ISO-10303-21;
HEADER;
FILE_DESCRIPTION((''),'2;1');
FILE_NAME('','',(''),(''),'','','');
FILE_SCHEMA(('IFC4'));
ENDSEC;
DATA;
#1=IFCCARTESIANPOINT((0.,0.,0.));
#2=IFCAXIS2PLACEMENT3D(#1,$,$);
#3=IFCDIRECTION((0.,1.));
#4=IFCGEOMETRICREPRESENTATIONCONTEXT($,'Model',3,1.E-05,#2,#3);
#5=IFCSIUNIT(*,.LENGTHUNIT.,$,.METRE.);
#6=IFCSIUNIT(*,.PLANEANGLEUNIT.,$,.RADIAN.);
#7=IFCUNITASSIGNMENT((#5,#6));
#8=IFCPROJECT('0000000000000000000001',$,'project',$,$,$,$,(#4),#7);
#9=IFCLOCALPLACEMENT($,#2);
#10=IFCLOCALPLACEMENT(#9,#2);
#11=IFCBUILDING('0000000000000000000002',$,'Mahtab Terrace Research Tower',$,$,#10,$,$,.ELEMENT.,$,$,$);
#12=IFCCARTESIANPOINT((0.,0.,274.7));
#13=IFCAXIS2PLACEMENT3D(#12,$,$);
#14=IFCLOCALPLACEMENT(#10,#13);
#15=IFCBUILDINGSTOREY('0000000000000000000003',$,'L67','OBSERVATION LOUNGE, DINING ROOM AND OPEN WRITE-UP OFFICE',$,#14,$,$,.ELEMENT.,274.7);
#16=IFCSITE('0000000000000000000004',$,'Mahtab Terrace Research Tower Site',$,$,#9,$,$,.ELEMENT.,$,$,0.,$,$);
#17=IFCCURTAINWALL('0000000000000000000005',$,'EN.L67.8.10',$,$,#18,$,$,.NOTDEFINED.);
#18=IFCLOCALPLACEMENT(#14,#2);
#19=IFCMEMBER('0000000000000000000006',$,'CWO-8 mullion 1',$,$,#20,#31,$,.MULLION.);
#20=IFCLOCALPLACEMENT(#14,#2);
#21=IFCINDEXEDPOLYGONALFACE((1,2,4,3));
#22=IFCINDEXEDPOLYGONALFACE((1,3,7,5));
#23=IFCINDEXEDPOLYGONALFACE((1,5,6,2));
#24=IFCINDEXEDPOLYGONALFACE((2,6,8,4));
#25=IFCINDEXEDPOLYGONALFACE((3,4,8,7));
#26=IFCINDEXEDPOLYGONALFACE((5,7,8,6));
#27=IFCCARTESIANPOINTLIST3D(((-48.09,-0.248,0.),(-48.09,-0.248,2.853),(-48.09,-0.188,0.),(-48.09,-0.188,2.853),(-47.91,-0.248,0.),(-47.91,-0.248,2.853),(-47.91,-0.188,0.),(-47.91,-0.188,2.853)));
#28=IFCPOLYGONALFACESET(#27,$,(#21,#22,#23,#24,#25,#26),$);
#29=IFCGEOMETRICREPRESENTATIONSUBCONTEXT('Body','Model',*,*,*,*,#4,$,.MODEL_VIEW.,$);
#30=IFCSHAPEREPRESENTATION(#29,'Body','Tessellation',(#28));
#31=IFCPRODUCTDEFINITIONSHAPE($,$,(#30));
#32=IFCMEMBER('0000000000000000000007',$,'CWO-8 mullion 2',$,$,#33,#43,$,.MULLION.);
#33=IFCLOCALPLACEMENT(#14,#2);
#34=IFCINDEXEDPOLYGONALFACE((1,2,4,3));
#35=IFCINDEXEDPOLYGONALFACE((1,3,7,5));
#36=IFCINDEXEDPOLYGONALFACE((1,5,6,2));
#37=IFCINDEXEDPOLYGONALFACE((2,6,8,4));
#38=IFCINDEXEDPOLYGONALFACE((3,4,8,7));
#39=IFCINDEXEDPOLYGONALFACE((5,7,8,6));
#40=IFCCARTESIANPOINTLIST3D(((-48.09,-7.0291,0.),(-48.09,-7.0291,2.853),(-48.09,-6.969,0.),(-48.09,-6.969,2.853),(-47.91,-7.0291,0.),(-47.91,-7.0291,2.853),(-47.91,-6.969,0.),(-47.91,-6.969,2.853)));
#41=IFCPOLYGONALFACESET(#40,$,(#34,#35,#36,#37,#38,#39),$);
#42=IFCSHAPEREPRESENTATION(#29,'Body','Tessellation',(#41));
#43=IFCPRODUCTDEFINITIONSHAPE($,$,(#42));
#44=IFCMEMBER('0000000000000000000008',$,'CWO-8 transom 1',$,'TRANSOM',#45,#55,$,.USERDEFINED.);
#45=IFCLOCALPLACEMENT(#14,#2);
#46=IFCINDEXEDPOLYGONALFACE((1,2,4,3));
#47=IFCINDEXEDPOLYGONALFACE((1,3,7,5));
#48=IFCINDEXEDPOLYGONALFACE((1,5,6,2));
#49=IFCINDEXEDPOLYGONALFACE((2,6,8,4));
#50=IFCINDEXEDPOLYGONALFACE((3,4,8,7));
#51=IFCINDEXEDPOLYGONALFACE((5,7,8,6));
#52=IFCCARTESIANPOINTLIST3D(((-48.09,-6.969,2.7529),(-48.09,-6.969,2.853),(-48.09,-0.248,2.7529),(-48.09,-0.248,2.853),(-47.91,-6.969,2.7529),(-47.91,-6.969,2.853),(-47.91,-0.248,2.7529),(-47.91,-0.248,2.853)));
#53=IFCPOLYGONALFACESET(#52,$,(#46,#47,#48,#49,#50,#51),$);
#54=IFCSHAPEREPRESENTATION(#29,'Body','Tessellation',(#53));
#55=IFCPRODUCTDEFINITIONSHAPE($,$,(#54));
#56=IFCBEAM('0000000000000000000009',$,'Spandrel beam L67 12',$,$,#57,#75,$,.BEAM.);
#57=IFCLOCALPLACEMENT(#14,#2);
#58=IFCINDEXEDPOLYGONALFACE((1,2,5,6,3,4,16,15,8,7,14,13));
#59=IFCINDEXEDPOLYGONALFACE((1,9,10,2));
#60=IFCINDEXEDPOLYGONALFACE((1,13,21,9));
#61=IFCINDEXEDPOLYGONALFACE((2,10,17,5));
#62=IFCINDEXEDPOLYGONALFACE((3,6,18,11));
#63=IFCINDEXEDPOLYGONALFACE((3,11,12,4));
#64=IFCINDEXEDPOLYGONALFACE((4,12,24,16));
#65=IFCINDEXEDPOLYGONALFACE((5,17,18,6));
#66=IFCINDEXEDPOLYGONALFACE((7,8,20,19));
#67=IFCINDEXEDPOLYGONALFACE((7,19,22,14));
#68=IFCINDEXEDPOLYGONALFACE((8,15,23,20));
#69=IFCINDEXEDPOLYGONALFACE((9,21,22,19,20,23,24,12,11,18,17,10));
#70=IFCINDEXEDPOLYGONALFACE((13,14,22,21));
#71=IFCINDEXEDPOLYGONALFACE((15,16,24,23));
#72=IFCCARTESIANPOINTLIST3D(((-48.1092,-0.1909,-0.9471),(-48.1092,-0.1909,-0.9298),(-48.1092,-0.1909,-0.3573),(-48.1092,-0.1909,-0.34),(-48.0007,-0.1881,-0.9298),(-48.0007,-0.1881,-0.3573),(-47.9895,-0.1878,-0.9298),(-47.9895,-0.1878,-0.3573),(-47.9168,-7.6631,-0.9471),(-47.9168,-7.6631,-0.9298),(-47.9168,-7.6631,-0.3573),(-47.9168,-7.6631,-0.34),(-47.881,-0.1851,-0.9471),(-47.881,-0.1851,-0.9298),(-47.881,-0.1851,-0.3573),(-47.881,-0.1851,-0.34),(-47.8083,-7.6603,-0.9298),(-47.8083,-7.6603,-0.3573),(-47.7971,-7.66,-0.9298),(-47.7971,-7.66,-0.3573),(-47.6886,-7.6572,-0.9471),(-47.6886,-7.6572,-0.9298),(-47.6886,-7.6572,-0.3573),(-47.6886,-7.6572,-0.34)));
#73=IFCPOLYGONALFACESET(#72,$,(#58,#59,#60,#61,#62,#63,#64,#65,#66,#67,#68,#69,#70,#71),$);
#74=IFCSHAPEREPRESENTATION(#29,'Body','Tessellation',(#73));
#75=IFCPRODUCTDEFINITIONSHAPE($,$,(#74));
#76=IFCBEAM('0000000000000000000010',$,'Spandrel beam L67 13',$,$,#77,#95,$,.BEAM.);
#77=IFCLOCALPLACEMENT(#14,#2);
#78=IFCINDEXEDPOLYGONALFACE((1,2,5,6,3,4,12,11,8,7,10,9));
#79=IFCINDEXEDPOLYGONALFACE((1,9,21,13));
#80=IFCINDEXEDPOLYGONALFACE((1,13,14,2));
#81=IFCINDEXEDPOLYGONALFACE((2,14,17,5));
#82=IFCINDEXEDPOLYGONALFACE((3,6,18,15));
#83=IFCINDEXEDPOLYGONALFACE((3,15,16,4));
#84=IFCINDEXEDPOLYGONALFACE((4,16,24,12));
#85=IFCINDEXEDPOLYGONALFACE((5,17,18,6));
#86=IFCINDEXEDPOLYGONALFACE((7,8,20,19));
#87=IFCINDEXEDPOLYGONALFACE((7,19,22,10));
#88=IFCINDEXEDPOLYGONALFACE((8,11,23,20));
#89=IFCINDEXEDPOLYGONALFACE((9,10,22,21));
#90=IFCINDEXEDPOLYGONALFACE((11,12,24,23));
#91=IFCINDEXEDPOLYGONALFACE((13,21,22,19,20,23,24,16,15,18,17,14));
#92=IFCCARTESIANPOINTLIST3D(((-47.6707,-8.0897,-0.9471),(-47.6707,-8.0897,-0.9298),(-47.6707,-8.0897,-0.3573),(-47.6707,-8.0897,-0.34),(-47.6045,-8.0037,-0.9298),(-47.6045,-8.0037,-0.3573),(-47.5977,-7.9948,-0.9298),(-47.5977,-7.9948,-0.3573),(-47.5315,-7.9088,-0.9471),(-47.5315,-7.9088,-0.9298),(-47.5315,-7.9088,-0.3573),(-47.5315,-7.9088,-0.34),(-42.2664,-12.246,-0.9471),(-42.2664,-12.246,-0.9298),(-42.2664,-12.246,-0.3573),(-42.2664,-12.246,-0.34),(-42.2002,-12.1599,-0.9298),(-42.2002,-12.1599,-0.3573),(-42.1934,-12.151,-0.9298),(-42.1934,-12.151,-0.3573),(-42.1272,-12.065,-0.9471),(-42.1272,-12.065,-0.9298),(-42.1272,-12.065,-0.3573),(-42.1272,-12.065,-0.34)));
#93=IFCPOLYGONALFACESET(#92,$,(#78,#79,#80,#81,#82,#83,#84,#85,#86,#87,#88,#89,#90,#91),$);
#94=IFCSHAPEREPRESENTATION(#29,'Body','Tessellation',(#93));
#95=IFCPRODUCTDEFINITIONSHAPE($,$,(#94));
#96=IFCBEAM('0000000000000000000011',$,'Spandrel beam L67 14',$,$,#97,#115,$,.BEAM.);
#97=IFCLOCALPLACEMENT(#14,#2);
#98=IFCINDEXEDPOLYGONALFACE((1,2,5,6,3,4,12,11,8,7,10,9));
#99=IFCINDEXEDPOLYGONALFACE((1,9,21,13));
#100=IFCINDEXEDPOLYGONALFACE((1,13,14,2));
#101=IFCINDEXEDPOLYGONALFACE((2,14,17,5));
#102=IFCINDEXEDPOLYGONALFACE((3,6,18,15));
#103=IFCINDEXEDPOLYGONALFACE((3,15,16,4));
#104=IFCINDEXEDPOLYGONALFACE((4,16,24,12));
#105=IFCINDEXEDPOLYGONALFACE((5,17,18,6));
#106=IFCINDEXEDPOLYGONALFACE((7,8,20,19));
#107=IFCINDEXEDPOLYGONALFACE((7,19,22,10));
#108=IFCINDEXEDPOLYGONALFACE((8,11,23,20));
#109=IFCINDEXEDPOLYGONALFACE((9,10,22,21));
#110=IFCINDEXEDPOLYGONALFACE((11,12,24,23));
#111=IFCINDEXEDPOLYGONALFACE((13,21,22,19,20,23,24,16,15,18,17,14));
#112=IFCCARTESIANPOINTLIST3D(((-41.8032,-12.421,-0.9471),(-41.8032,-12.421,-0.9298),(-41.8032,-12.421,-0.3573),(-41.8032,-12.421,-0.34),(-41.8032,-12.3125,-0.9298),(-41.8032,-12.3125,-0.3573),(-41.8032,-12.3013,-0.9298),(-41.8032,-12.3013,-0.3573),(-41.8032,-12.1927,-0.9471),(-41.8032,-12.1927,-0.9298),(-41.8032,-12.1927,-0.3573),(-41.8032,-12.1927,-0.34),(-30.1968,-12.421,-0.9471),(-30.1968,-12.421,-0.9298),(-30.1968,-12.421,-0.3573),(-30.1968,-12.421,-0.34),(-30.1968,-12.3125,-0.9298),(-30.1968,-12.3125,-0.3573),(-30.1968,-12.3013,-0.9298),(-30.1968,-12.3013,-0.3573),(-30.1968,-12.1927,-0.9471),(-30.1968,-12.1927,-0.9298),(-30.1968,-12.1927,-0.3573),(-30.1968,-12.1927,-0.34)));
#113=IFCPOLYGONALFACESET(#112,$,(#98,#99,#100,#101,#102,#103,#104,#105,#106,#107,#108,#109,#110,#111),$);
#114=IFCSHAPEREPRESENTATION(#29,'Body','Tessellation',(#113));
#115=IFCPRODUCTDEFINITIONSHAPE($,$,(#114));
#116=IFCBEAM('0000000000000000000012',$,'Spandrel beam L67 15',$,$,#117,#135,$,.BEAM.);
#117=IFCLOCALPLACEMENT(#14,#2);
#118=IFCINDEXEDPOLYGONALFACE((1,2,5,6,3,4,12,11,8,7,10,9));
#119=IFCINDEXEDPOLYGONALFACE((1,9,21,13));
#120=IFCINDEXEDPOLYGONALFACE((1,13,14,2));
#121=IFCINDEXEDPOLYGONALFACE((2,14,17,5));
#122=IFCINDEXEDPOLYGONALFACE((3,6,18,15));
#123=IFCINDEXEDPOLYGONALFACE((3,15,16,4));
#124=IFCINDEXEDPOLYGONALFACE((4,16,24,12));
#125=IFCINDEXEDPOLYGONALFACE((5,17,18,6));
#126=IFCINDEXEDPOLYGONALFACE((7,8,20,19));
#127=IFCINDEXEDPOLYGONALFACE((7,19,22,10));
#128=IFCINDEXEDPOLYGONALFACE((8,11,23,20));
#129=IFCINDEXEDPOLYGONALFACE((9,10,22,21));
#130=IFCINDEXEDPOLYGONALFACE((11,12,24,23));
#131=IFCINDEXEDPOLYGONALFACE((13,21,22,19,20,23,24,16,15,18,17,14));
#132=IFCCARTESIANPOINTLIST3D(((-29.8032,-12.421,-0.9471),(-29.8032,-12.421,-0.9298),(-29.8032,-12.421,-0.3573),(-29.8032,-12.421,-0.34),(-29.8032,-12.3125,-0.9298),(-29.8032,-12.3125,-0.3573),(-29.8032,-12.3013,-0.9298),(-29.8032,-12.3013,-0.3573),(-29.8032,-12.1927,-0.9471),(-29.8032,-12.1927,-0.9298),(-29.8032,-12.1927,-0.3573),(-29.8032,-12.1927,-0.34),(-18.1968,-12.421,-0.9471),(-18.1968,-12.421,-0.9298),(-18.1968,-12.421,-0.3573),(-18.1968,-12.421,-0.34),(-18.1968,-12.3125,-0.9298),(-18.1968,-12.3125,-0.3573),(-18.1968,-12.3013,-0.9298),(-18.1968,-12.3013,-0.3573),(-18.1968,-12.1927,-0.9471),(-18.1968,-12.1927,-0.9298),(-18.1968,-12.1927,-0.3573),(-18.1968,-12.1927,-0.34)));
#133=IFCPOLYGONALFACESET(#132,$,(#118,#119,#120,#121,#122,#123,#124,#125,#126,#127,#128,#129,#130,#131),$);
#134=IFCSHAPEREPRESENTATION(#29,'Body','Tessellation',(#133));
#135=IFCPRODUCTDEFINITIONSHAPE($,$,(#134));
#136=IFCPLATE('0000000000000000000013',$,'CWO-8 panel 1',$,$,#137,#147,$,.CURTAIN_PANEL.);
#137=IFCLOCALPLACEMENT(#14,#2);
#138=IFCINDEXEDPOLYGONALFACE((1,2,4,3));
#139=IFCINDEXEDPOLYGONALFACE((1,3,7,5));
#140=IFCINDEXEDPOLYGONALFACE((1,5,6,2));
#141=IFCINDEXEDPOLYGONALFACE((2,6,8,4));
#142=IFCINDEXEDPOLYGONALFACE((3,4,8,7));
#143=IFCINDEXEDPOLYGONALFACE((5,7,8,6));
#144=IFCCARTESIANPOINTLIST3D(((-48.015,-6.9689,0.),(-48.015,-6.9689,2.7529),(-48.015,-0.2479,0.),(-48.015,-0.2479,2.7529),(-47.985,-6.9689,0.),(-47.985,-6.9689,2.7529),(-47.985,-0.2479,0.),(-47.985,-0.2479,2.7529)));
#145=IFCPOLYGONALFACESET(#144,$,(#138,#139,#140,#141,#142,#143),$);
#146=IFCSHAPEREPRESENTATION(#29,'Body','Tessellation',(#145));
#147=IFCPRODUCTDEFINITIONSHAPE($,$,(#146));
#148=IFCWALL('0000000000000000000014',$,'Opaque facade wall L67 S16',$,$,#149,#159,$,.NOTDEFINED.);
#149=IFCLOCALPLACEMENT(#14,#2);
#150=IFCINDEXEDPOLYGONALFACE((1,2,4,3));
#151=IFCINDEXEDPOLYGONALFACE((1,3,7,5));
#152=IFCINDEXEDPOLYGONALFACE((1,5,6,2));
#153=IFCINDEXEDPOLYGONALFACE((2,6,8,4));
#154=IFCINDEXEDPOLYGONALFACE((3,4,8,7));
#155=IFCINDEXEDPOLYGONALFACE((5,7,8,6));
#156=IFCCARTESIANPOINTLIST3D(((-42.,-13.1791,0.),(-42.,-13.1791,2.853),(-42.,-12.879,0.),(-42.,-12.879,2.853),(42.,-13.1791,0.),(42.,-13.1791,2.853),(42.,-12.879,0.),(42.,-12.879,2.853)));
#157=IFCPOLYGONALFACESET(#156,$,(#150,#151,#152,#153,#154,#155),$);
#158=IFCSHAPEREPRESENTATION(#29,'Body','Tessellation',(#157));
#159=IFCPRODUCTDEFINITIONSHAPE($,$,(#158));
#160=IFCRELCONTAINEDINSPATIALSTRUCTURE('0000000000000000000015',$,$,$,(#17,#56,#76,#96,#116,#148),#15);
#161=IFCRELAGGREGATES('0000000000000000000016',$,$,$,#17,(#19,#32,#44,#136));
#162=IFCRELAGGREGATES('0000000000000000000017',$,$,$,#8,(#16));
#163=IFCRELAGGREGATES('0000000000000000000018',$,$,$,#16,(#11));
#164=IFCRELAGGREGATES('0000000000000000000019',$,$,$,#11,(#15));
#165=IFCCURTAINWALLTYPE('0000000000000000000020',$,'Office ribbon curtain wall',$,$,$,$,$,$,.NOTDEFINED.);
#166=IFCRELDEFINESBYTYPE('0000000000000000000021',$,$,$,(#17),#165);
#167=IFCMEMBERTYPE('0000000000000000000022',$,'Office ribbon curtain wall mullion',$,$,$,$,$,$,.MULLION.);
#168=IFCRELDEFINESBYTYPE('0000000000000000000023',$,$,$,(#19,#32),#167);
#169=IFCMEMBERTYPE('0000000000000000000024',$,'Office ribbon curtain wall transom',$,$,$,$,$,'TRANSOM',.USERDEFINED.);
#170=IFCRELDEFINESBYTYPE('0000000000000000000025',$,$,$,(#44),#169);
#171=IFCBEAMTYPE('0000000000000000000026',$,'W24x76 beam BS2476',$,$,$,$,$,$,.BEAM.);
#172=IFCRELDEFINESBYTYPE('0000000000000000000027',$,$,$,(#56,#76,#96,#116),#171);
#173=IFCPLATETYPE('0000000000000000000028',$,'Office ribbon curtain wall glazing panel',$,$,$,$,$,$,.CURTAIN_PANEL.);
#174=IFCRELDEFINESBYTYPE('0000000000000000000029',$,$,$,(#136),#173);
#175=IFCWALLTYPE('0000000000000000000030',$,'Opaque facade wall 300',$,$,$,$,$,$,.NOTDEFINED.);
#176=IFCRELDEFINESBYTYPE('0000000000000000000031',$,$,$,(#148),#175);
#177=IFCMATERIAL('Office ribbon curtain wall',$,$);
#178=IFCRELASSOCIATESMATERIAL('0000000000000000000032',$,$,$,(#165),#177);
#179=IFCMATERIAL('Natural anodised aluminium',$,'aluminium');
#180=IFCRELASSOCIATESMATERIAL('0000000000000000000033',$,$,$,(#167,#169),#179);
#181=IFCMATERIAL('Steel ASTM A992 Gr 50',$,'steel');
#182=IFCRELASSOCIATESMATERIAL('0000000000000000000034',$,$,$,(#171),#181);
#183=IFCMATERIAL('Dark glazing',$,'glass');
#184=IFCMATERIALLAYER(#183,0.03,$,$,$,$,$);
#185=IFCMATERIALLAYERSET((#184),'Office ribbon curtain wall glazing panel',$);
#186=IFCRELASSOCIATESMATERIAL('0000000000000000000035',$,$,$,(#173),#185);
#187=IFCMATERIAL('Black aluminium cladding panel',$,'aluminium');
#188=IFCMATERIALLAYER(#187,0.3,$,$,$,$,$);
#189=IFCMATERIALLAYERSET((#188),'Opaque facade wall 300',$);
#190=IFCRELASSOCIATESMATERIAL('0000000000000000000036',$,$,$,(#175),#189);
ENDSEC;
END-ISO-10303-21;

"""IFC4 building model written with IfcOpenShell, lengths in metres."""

from ifc_helpers import new_model, si_unit, direction, frame, frame_2d, origin, origin_2d, place, context, subcontext, project, spatial, rectangle, i_section, extrude, material, layer, layer_set, material_profile, profile_set, type_object, element, aggregate, save


model = new_model("IFC4")

# Units and contexts
model_context = context("Model", 3, precision=1e-05, world=origin(), true_north=direction((0.0, 1.0)))
body_context = subcontext(model_context, "Body", "Model", "MODEL_VIEW")
ifc_project = project(units=[si_unit("LENGTHUNIT", "METRE"), si_unit("PLANEANGLEUNIT", "RADIAN")], contexts=[model_context])

# Site, building, storey
site_placement = place(None, origin())
site = spatial("IfcSite", under=ifc_project, at=site_placement, Name="Mahtab Terrace Research Tower Site", CompositionType="ELEMENT", RefElevation=0.0)
building_placement = place(site_placement, origin())
building = spatial("IfcBuilding", under=site, at=building_placement, Name="Mahtab Terrace Research Tower", CompositionType="ELEMENT")
storey_placement = place(building_placement, frame((0.0, 0.0, 274.7)))
storey = spatial("IfcBuildingStorey", under=building, at=storey_placement, Name="L67", Description="OBSERVATION LOUNGE, DINING ROOM AND OPEN WRITE-UP OFFICE", CompositionType="ELEMENT", Elevation=274.7)

# Shared definitions
ifc_material_1 = material(Name="Steel ASTM A992 Gr 50", Category="steel")

# Curtain wall, members
ifc_material_2 = material(Name="Office ribbon curtain wall")
curtain_wall_type = type_object("IfcCurtainWallType", Name="Office ribbon curtain wall", PredefinedType="NOTDEFINED", material=ifc_material_2)
curtain_wall_placement = place(storey_placement, origin())
curtain_wall = element("IfcCurtainWall", 1, at=curtain_wall_placement, inside=storey, type_object=curtain_wall_type, Name="EN.L67.8.10", PredefinedType="NOTDEFINED")
ifc_material_3 = material(Name="Natural anodised aluminium", Category="aluminium")
ifc_material_profile_1 = material_profile(ifc_material_3, rectangle(XDim=0.1799, YDim=0.0601, at=origin_2d()), Name="MULLION 60x180")
ifc_profile_set_1 = profile_set([ifc_material_profile_1], Name="Natural anodised aluminium")
member_type_1 = type_object("IfcMemberType", Name="Office ribbon curtain wall mullion", PredefinedType="MULLION", material=ifc_profile_set_1)
member_1_placement = place(storey_placement, frame((-48.0, -0.218, 0.0), z_axis=(0.0, 0.0, 1.0), x_axis=(1.0, 0.0, 0.0)))
member_1 = element("IfcMember", 2, at=member_1_placement, type_object=member_type_1, Name="CWO-8 mullion 1", PredefinedType="MULLION", context=body_context, shape_type="SweptSolid", body=[
    extrude(rectangle(XDim=0.1799, YDim=0.0601, at=origin_2d()), origin(), (0.0, 0.0, 1.0), 2.853),
])
member_2_placement = place(storey_placement, frame((-48.0, -6.999, 0.0), z_axis=(0.0, 0.0, 1.0), x_axis=(1.0, 0.0, 0.0)))
member_2 = element("IfcMember", 3, at=member_2_placement, type_object=member_type_1, Name="CWO-8 mullion 2", PredefinedType="MULLION", context=body_context, shape_type="SweptSolid", body=[
    extrude(rectangle(XDim=0.1799, YDim=0.0601, at=origin_2d()), origin(), (0.0, 0.0, 1.0), 2.853),
])
ifc_material_profile_2 = material_profile(ifc_material_3, rectangle(XDim=0.1799, YDim=0.1001, at=origin_2d()), Name="TRANSOM 100x180")
ifc_profile_set_2 = profile_set([ifc_material_profile_2], Name="Natural anodised aluminium")
member_type_2 = type_object("IfcMemberType", Name="Office ribbon curtain wall transom", ElementType="TRANSOM", PredefinedType="USERDEFINED", material=ifc_profile_set_2)
member_3_placement = place(storey_placement, frame((-48.0, -0.248, 2.803), z_axis=(0.0, -1.0, 0.0), x_axis=(1.0, 0.0, 0.0)))
member_3 = element("IfcMember", 4, at=member_3_placement, type_object=member_type_2, Name="CWO-8 transom 1", ObjectType="TRANSOM", PredefinedType="USERDEFINED", context=body_context, shape_type="SweptSolid", body=[
    extrude(rectangle(XDim=0.1799, YDim=0.1001, at=origin_2d()), origin(), (0.0, 0.0, 1.0), 6.7209),
])

# Beams
ifc_material_profile_3 = material_profile(ifc_material_1, i_section(OverallWidth=0.2283, OverallDepth=0.6072, WebThickness=0.0112, FlangeThickness=0.0173, at=origin_2d()), Name="W24X76")
ifc_profile_set_3 = profile_set([ifc_material_profile_3], Name="Steel ASTM A992 Gr 50")
beam_type = type_object("IfcBeamType", Name="W24x76 beam BS2476", PredefinedType="BEAM", material=ifc_profile_set_3)
beam_1_placement = place(storey_placement, frame((-47.9951, -0.188, -0.6436), z_axis=(0.025738, -0.999669, 0.0), x_axis=(0.999669, 0.025738, 0.0)))
element("IfcBeam", 5, at=beam_1_placement, inside=storey, type_object=beam_type, Name="Spandrel beam L67 12", PredefinedType="BEAM", context=body_context, shape_type="SweptSolid", body=[
    extrude(i_section(OverallWidth=0.2283, OverallDepth=0.6072, WebThickness=0.0112, FlangeThickness=0.0173, at=origin_2d()), origin(), (0.0, 0.0, 1.0), 7.4746),
])
beam_2_placement = place(storey_placement, frame((-47.6011, -7.9993, -0.6436), z_axis=(0.792688, -0.609628, 0.0), x_axis=(0.609628, 0.792688, 0.0)))
element("IfcBeam", 6, at=beam_2_placement, inside=storey, type_object=beam_type, Name="Spandrel beam L67 13", PredefinedType="BEAM", context=body_context, shape_type="SweptSolid", body=[
    extrude(i_section(OverallWidth=0.2283, OverallDepth=0.6072, WebThickness=0.0112, FlangeThickness=0.0173, at=origin_2d()), origin(), (0.0, 0.0, 1.0), 6.8176),
])
for number, where, z_axis, x_axis, name in (
    (7, (-41.8032, -12.3069, -0.6436), (1.0, 0.0, 0.0), (0.0, 1.0, 0.0), "Spandrel beam L67 14"),
    (8, (-29.8032, -12.3069, -0.6436), (1.0, 0.0, 0.0), (0.0, 1.0, 0.0), "Spandrel beam L67 15"),
):
    element("IfcBeam", number, at=place(storey_placement, frame(where, z_axis=z_axis, x_axis=x_axis)), inside=storey, type_object=beam_type, Name=name, PredefinedType="BEAM", context=body_context, shape_type="SweptSolid", body=[
        extrude(i_section(OverallWidth=0.2283, OverallDepth=0.6072, WebThickness=0.0112, FlangeThickness=0.0173, at=origin_2d()), origin(), (0.0, 0.0, 1.0), 11.6064),
    ])

# Plate
ifc_material_4 = material(Name="Dark glazing", Category="glass")
ifc_layer_1 = layer(ifc_material_4, 0.03)
ifc_layer_set_1 = layer_set([ifc_layer_1], Name="Office ribbon curtain wall glazing panel")
plate_type = type_object("IfcPlateType", Name="Office ribbon curtain wall glazing panel", PredefinedType="CURTAIN_PANEL", material=ifc_layer_set_1)
plate_placement = place(storey_placement, frame((-48.0, -3.6084, 0.0), z_axis=(0.0, 0.0, 1.0), x_axis=(0.0, -1.0, 0.0)))
plate = element("IfcPlate", 9, at=plate_placement, type_object=plate_type, Name="CWO-8 panel 1", PredefinedType="CURTAIN_PANEL", context=body_context, shape_type="SweptSolid", body=[
    extrude(rectangle(XDim=6.7209, YDim=0.03, at=origin_2d()), origin(), (0.0, 0.0, 1.0), 2.7529),
])
aggregate(curtain_wall, [member_1, member_2, member_3, plate])

# Wall
ifc_material_5 = material(Name="Black aluminium cladding panel", Category="aluminium")
ifc_layer_2 = layer(ifc_material_5, 0.3)
ifc_layer_set_2 = layer_set([ifc_layer_2], Name="Opaque facade wall 300")
wall_type_1 = type_object("IfcWallType", Name="Opaque facade wall 300", PredefinedType="NOTDEFINED", material=ifc_layer_set_2)
wall_1_placement = place(storey_placement, frame((-42.0, -13.0291, 0.0), z_axis=(0.0, 0.0, 1.0), x_axis=(1.0, 0.0, 0.0)))
element("IfcWall", 10, at=wall_1_placement, inside=storey, type_object=wall_type_1, Name="Opaque facade wall L67 S16", PredefinedType="NOTDEFINED", context=body_context, shape_type="SweptSolid", body=[
    extrude(rectangle(XDim=84.0, YDim=0.3, at=frame_2d((42.0, 0.0))), origin(), (0.0, 0.0, 1.0), 2.853),
])

save(model, "model.ifc")
